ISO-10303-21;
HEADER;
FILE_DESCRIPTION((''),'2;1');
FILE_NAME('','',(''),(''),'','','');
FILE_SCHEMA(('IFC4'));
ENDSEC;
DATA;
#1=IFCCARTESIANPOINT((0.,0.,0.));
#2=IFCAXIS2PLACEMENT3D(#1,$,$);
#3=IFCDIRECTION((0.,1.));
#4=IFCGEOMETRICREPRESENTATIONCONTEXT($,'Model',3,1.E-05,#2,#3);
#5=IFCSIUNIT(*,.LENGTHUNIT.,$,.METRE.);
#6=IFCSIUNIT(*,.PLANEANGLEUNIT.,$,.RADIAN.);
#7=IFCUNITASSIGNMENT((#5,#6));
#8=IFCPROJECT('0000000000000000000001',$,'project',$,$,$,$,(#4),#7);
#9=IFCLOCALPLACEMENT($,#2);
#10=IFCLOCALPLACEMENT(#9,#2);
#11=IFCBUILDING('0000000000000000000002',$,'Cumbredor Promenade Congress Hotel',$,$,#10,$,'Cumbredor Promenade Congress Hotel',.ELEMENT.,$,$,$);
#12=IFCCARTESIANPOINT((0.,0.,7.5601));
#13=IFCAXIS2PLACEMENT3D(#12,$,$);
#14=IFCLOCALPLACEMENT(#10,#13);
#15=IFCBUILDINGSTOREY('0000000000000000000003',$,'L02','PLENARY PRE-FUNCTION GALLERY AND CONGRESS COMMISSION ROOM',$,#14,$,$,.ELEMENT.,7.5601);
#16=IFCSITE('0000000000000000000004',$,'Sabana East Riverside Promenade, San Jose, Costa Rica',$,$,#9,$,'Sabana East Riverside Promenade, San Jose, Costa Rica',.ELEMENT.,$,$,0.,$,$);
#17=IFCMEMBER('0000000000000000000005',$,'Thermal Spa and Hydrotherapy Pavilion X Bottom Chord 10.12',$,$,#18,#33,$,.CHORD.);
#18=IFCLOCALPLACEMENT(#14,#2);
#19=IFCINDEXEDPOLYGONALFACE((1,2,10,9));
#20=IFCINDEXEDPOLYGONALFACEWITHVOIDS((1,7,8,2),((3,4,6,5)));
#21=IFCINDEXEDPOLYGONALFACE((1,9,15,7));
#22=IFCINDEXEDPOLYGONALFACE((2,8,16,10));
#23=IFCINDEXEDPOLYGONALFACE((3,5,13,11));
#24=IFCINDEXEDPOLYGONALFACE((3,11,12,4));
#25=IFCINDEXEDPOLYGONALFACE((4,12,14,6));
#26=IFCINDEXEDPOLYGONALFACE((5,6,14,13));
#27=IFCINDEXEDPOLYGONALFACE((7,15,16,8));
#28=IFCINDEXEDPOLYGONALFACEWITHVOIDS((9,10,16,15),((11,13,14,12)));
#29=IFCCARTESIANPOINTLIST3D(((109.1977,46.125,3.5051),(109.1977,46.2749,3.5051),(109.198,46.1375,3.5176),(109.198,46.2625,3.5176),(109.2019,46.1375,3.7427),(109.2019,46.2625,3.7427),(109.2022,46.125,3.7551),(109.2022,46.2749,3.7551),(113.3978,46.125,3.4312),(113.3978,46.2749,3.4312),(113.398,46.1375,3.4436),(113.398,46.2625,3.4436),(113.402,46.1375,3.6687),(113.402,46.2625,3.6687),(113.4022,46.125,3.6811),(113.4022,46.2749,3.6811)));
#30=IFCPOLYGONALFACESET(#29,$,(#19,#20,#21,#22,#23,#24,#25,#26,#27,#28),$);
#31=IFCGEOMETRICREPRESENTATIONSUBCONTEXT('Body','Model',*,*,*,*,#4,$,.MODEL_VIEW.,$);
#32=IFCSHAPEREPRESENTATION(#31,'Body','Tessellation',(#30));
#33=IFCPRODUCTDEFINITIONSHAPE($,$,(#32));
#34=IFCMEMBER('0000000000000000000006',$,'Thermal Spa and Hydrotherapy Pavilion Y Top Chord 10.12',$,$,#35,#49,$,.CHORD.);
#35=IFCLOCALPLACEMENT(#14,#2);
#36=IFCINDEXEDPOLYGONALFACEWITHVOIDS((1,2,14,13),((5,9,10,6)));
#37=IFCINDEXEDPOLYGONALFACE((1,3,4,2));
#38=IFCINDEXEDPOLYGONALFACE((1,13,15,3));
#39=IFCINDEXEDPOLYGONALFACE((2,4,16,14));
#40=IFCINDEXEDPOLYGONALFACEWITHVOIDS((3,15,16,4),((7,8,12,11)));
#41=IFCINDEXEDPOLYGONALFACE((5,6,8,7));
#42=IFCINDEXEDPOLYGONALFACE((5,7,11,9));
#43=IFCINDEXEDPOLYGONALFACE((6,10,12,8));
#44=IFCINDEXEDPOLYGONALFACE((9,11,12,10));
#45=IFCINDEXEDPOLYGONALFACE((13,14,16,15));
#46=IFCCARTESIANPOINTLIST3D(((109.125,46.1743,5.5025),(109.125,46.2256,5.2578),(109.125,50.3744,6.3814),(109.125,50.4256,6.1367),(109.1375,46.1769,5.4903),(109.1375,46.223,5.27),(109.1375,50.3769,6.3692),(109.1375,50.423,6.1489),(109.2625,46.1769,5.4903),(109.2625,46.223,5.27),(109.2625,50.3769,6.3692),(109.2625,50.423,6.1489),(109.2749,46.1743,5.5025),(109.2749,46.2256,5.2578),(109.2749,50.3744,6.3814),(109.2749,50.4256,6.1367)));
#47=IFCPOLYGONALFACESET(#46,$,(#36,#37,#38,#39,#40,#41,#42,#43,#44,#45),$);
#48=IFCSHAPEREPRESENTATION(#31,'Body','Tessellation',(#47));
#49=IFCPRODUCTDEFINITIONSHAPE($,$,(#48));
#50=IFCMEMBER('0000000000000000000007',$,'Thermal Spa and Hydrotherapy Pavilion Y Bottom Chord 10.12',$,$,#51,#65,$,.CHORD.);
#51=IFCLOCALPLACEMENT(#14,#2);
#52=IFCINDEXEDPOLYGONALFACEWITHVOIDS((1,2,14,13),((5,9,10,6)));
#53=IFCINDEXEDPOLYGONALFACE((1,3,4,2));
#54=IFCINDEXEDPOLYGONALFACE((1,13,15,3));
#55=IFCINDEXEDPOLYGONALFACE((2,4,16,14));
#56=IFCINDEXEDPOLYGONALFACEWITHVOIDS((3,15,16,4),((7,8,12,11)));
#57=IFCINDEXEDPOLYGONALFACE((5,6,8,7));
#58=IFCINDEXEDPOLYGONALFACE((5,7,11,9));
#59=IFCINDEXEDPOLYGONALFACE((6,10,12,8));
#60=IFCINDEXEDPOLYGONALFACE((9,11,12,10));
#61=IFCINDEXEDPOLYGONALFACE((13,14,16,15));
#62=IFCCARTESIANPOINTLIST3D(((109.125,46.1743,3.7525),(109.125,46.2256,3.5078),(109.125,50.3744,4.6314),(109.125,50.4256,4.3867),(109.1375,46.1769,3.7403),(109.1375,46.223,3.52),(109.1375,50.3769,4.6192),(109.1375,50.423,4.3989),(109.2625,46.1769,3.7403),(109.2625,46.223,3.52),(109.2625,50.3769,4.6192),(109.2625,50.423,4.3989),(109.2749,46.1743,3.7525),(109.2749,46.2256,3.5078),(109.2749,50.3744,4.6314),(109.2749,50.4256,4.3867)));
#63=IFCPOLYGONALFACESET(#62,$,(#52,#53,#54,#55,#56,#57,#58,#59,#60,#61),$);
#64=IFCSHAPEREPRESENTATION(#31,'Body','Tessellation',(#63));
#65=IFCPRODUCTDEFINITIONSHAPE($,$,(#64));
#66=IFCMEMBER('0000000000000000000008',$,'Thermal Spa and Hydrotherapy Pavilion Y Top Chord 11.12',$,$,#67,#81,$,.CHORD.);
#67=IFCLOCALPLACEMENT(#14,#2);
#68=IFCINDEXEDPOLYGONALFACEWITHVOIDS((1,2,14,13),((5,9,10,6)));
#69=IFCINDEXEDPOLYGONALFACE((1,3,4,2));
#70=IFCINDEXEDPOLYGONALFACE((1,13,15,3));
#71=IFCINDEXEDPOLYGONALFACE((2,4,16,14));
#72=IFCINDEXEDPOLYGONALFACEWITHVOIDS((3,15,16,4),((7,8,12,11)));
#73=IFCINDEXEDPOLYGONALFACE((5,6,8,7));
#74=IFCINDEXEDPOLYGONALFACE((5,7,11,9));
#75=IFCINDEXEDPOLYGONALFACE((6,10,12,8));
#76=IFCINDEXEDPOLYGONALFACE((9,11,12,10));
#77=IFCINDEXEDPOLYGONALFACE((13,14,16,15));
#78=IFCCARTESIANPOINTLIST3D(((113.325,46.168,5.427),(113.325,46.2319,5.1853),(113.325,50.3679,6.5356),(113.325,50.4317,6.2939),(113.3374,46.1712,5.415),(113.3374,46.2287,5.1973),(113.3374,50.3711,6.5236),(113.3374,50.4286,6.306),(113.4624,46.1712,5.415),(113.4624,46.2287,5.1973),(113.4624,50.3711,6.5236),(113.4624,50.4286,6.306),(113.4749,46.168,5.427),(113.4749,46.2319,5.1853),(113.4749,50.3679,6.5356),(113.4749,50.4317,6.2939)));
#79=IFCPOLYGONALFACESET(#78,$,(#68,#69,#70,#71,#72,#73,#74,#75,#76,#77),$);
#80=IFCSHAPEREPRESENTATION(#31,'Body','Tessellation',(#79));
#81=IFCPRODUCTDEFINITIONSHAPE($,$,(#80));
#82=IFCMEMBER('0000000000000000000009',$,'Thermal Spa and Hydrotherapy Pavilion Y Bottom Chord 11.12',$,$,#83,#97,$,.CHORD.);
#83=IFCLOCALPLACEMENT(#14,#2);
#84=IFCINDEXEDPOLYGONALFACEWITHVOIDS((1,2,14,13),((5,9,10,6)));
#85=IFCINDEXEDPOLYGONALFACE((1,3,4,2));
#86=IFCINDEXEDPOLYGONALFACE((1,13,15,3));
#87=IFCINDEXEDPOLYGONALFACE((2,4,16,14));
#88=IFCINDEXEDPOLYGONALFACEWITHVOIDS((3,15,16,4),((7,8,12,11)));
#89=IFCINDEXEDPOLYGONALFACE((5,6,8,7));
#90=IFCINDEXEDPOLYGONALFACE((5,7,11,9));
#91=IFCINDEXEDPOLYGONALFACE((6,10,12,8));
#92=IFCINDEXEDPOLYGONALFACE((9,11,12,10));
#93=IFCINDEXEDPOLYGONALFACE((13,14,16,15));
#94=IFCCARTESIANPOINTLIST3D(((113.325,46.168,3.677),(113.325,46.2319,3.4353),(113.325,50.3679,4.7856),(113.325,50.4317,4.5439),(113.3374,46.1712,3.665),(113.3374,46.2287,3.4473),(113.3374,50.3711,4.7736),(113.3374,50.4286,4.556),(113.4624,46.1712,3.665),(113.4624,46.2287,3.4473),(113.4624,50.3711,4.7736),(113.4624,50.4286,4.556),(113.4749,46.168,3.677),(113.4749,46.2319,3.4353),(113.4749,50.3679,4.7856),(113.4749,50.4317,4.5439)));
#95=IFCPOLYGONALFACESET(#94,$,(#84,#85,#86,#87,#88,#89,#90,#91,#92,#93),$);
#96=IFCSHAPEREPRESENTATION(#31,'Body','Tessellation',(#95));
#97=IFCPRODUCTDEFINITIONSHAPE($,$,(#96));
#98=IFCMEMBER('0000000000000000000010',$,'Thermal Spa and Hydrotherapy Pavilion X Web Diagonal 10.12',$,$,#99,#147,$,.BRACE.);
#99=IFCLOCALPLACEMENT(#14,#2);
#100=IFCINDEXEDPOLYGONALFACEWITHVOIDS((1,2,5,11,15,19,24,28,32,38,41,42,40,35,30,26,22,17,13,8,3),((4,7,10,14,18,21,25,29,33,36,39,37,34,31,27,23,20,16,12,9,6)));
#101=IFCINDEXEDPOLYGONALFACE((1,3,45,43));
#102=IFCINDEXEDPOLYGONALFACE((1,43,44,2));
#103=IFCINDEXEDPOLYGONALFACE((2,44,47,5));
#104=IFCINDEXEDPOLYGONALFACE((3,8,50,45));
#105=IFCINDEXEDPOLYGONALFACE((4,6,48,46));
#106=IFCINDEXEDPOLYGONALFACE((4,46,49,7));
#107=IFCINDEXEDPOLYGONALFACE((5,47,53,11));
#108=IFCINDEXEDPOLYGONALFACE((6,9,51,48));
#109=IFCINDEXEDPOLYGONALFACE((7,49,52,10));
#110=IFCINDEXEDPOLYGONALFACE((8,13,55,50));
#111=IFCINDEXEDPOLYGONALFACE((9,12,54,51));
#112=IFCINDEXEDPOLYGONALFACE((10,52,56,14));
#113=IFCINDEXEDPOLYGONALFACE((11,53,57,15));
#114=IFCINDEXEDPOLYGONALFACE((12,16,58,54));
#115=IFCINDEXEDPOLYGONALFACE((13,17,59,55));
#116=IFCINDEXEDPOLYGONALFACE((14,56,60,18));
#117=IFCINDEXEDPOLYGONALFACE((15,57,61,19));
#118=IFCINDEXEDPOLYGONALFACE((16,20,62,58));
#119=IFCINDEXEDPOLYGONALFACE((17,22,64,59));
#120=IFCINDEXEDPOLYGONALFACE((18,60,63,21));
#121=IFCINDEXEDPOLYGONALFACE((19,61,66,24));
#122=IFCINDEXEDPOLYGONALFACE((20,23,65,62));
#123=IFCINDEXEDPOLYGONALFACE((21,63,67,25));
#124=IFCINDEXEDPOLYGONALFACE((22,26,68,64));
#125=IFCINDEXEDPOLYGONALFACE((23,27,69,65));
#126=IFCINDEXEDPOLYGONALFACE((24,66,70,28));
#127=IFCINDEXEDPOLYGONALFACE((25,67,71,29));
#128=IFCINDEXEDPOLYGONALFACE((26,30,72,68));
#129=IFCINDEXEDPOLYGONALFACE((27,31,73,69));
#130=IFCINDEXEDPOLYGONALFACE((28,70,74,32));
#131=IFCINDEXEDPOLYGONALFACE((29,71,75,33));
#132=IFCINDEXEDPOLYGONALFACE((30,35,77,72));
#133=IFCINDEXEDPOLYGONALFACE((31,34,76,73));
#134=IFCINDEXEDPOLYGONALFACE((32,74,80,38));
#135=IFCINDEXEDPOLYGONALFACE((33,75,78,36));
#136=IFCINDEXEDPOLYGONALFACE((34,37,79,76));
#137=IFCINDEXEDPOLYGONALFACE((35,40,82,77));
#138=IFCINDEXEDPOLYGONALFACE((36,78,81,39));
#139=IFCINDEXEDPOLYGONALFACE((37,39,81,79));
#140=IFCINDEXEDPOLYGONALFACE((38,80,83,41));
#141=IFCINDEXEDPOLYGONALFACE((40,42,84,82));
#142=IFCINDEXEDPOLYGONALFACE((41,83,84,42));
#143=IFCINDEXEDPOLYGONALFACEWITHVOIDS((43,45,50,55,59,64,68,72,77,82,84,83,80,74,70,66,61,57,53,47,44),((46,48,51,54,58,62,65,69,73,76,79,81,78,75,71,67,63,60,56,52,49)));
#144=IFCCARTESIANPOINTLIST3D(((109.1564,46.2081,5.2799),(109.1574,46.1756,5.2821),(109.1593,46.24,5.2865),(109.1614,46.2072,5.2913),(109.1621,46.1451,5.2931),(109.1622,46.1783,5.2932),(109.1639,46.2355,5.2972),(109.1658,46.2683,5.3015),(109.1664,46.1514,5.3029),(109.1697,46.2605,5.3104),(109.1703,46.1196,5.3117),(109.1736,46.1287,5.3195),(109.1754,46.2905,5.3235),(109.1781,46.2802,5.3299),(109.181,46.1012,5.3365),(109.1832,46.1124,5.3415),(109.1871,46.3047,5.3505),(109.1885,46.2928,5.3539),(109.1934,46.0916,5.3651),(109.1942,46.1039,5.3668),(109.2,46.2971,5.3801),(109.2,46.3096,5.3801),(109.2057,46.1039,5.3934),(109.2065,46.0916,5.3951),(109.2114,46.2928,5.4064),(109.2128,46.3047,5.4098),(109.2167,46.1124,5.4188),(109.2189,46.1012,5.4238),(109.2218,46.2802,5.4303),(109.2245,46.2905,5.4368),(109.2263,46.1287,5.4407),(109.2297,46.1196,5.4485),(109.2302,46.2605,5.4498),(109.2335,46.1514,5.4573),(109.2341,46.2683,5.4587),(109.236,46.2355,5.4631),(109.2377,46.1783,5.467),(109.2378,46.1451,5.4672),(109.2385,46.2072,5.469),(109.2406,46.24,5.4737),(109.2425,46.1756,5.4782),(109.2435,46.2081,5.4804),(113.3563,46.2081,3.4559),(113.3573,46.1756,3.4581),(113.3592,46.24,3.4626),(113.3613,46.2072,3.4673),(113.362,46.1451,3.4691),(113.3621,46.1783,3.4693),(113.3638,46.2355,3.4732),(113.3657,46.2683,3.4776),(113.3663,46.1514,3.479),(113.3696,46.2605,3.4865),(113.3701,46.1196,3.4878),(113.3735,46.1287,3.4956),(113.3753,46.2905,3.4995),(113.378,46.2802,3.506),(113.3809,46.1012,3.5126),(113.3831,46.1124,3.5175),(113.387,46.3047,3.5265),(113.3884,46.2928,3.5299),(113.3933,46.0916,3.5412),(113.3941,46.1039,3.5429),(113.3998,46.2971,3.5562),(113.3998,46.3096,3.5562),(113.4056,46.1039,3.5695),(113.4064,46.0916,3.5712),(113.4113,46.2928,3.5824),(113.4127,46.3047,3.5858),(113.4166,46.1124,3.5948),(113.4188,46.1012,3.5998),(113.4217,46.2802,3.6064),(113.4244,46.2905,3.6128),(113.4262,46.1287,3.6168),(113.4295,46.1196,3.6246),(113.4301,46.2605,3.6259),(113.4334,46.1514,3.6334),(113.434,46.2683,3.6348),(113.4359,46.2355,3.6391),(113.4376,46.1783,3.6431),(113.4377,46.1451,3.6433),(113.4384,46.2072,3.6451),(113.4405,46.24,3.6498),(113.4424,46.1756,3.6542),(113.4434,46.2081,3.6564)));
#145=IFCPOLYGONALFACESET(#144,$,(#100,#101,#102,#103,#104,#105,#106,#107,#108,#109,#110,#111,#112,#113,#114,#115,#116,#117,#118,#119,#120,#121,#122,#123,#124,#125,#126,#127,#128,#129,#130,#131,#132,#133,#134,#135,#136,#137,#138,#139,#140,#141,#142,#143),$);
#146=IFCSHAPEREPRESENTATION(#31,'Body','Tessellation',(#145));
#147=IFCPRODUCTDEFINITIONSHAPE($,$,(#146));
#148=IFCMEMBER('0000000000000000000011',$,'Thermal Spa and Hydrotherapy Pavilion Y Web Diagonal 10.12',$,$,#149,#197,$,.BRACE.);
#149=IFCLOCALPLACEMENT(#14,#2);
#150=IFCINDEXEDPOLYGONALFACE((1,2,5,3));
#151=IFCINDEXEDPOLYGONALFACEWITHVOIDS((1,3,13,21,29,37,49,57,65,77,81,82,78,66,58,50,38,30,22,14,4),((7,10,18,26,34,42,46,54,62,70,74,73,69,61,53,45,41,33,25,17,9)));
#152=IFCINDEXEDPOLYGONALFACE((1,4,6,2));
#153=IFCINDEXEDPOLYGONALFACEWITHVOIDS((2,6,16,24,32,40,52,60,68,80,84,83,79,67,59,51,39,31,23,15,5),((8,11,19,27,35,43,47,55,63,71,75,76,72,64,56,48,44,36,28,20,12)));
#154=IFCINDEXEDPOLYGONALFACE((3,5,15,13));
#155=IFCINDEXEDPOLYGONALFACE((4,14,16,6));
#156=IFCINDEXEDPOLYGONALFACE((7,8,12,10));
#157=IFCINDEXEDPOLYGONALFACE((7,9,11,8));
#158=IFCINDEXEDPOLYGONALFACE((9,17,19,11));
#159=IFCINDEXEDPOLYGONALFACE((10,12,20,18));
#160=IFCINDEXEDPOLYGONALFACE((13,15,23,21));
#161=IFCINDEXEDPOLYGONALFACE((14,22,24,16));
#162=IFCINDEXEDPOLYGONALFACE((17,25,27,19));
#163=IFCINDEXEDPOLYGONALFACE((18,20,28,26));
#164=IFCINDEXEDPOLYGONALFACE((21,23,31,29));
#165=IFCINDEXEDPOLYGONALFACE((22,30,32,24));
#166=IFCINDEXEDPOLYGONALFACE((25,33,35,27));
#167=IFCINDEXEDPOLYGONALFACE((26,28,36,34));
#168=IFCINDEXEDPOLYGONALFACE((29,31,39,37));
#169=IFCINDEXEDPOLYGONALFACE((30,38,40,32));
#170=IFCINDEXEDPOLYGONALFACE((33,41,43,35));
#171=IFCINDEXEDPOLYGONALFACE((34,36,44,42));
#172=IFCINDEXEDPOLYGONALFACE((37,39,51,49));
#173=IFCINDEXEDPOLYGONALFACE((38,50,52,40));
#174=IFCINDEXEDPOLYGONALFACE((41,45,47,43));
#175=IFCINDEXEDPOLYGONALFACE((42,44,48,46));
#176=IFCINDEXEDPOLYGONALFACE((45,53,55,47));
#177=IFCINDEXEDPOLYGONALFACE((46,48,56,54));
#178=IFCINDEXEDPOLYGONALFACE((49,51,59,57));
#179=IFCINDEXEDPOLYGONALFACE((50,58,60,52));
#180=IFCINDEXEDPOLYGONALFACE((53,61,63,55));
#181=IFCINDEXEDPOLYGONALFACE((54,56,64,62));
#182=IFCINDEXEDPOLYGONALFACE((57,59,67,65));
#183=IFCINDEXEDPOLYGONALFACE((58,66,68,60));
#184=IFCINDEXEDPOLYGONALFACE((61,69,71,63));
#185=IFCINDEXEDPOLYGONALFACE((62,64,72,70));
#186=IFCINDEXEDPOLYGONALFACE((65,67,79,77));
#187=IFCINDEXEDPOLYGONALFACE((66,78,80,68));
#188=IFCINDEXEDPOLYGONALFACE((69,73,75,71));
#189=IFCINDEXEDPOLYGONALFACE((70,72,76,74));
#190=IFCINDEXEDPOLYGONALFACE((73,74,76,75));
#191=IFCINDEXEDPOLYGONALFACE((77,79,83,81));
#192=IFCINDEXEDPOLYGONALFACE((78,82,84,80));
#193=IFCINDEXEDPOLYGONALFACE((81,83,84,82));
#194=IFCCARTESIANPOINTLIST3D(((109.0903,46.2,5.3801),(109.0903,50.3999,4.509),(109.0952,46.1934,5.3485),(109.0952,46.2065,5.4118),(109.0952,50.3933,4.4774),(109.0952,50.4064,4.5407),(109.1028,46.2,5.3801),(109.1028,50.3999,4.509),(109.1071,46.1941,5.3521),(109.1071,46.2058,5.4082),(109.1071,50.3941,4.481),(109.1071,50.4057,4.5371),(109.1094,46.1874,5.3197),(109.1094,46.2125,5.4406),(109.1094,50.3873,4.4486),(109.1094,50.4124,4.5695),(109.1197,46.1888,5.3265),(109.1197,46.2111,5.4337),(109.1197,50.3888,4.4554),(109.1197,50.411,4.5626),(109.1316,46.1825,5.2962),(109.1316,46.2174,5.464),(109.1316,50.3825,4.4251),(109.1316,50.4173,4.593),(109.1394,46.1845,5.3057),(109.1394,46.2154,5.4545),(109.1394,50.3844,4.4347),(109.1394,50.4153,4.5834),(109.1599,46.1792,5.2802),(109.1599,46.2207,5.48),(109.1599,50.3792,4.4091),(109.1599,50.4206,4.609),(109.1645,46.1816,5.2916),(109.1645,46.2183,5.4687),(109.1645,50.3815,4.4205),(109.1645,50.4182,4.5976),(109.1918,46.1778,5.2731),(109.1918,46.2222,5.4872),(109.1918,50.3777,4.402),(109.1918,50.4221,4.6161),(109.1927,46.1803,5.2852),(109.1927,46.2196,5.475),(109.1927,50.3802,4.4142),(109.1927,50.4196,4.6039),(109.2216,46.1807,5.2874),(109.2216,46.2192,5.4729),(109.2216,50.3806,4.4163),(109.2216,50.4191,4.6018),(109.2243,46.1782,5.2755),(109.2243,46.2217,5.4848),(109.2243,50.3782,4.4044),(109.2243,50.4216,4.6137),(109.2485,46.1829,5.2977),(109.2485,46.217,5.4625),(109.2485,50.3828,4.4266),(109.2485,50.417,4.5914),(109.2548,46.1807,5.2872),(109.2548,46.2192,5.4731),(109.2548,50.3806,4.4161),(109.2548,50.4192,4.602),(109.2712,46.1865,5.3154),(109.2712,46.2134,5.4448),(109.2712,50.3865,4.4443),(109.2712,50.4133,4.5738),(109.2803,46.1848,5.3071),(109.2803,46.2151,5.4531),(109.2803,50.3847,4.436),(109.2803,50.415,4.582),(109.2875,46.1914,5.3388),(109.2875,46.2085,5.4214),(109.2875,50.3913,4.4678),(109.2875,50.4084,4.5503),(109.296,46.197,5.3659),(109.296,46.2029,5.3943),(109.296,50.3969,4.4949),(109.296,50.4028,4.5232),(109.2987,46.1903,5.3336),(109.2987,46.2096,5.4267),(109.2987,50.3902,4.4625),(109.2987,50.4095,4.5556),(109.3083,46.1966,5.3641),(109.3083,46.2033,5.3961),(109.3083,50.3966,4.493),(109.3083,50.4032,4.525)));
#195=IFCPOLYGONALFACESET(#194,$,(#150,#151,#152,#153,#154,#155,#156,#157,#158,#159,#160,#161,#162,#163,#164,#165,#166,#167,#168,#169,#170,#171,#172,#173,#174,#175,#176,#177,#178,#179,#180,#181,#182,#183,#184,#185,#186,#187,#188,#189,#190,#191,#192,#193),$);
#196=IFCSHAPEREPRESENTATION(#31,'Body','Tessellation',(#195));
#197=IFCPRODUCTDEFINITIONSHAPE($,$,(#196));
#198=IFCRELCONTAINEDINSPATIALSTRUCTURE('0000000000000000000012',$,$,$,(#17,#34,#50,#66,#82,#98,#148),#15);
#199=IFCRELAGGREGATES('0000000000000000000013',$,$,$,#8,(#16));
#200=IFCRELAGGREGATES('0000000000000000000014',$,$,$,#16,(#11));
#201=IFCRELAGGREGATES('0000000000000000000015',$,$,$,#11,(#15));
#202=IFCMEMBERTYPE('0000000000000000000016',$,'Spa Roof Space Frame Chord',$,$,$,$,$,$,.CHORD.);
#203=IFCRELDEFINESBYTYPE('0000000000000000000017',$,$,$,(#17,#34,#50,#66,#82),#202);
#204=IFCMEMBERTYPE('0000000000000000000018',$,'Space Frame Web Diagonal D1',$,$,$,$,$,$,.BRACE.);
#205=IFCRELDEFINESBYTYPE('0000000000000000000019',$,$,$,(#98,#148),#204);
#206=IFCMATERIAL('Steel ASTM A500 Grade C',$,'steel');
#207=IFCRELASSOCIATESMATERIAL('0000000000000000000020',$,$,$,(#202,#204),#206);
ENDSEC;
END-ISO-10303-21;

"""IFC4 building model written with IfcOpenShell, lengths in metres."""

from ifc_helpers import new_model, si_unit, direction, frame, origin, origin_2d, place, context, subcontext, project, spatial, hollow_rectangle, hollow_circle, extrude, material, material_profile, profile_set, type_object, element, save


model = new_model("IFC4")

# Units and contexts
model_context = context("Model", 3, precision=1e-05, world=origin(), true_north=direction((0.0, 1.0)))
body_context = subcontext(model_context, "Body", "Model", "MODEL_VIEW")
ifc_project = project(units=[si_unit("LENGTHUNIT", "METRE"), si_unit("PLANEANGLEUNIT", "RADIAN")], contexts=[model_context])

# Site, building, storey
site_placement = place(None, origin())
site = spatial("IfcSite", under=ifc_project, at=site_placement, Name="Sabana East Riverside Promenade, San Jose, Costa Rica", LongName="Sabana East Riverside Promenade, San Jose, Costa Rica", CompositionType="ELEMENT", RefElevation=0.0)
building_placement = place(site_placement, origin())
building = spatial("IfcBuilding", under=site, at=building_placement, Name="Cumbredor Promenade Congress Hotel", LongName="Cumbredor Promenade Congress Hotel", CompositionType="ELEMENT")
storey_placement = place(building_placement, frame((0.0, 0.0, 7.5601)))
storey = spatial("IfcBuildingStorey", under=building, at=storey_placement, Name="L02", Description="PLENARY PRE-FUNCTION GALLERY AND CONGRESS COMMISSION ROOM", CompositionType="ELEMENT", Elevation=7.5601)

# Members
ifc_material_1 = material(Name="Steel ASTM A500 Grade C", Category="steel")
ifc_material_profile_1 = material_profile(ifc_material_1, hollow_rectangle(XDim=0.1499, YDim=0.25, WallThickness=0.0125, at=origin_2d()), Name="HSS 250x150x12.5")
ifc_profile_set_1 = profile_set([ifc_material_profile_1], Name="Steel ASTM A500 Grade C")
member_type_1 = type_object("IfcMemberType", Name="Spa Roof Space Frame Chord", PredefinedType="CHORD", material=ifc_profile_set_1)
for number, where, z_axis, x_axis, name in (
    (1, (109.2, 46.2, 3.6301), (0.999845, 0.0, -0.01761), (0.0, 1.0, 0.0), "Thermal Spa and Hydrotherapy Pavilion X Bottom Chord 10.12"),
):
    element("IfcMember", number, at=place(storey_placement, frame(where, z_axis=z_axis, x_axis=x_axis)), inside=storey, type_object=member_type_1, Name=name, PredefinedType="CHORD", context=body_context, shape_type="SweptSolid", body=[
        extrude(hollow_rectangle(XDim=0.1499, YDim=0.25, WallThickness=0.0125, at=origin_2d()), origin(), (0.0, 0.0, 1.0), 4.2007),
    ])
for number, where, z_axis, x_axis, name in (
    (2, (109.2, 46.2, 5.3801), (0.0, 0.978798, 0.204829), (-1.0, 0.0, 0.0), "Thermal Spa and Hydrotherapy Pavilion Y Top Chord 10.12"),
    (3, (109.2, 46.2, 3.6301), (0.0, 0.978798, 0.204829), (-1.0, 0.0, 0.0), "Thermal Spa and Hydrotherapy Pavilion Y Bottom Chord 10.12"),
):
    element("IfcMember", number, at=place(storey_placement, frame(where, z_axis=z_axis, x_axis=x_axis)), inside=storey, type_object=member_type_1, Name=name, PredefinedType="CHORD", context=body_context, shape_type="SweptSolid", body=[
        extrude(hollow_rectangle(XDim=0.1499, YDim=0.25, WallThickness=0.0125, at=origin_2d()), origin(), (0.0, 0.0, 1.0), 4.291),
    ])
for number, where, z_axis, x_axis, name in (
    (4, (113.3999, 46.2, 5.3062), (0.0, 0.966882, 0.255224), (-1.0, 0.0, 0.0), "Thermal Spa and Hydrotherapy Pavilion Y Top Chord 11.12"),
    (5, (113.3999, 46.2, 3.5562), (0.0, 0.966882, 0.255224), (-1.0, 0.0, 0.0), "Thermal Spa and Hydrotherapy Pavilion Y Bottom Chord 11.12"),
):
    element("IfcMember", number, at=place(storey_placement, frame(where, z_axis=z_axis, x_axis=x_axis)), inside=storey, type_object=member_type_1, Name=name, PredefinedType="CHORD", context=body_context, shape_type="SweptSolid", body=[
        extrude(hollow_rectangle(XDim=0.1499, YDim=0.25, WallThickness=0.0125, at=origin_2d()), origin(), (0.0, 0.0, 1.0), 4.3438),
    ])
ifc_material_profile_2 = material_profile(ifc_material_1, hollow_circle(Radius=0.1096, WallThickness=0.0125, at=origin_2d()), Name="CHS 219.1x12.5")
ifc_profile_set_2 = profile_set([ifc_material_profile_2], Name="Steel ASTM A500 Grade C")
member_type_2 = type_object("IfcMemberType", Name="Space Frame Web Diagonal D1", PredefinedType="BRACE", material=ifc_profile_set_2)
member_1_placement = place(storey_placement, frame((109.2, 46.2, 5.3801), z_axis=(0.917237, 0.0, -0.398342), x_axis=(0.0, 1.0, 0.0)))
element("IfcMember", 6, at=member_1_placement, inside=storey, type_object=member_type_2, Name="Thermal Spa and Hydrotherapy Pavilion X Web Diagonal 10.12", PredefinedType="BRACE", context=body_context, shape_type="SweptSolid", body=[
    extrude(hollow_circle(Radius=0.1096, WallThickness=0.0125, at=origin_2d()), origin(), (0.0, 0.0, 1.0), 4.5789),
])
member_2_placement = place(storey_placement, frame((109.2, 46.2, 5.3801), z_axis=(0.0, 0.979161, -0.203084), x_axis=(-1.0, 0.0, 0.0)))
element("IfcMember", 7, at=member_2_placement, inside=storey, type_object=member_type_2, Name="Thermal Spa and Hydrotherapy Pavilion Y Web Diagonal 10.12", PredefinedType="BRACE", context=body_context, shape_type="SweptSolid", body=[
    extrude(hollow_circle(Radius=0.1096, WallThickness=0.0125, at=origin_2d()), origin(), (0.0, 0.0, 1.0), 4.2893),
])

save(model, "model.ifc")
